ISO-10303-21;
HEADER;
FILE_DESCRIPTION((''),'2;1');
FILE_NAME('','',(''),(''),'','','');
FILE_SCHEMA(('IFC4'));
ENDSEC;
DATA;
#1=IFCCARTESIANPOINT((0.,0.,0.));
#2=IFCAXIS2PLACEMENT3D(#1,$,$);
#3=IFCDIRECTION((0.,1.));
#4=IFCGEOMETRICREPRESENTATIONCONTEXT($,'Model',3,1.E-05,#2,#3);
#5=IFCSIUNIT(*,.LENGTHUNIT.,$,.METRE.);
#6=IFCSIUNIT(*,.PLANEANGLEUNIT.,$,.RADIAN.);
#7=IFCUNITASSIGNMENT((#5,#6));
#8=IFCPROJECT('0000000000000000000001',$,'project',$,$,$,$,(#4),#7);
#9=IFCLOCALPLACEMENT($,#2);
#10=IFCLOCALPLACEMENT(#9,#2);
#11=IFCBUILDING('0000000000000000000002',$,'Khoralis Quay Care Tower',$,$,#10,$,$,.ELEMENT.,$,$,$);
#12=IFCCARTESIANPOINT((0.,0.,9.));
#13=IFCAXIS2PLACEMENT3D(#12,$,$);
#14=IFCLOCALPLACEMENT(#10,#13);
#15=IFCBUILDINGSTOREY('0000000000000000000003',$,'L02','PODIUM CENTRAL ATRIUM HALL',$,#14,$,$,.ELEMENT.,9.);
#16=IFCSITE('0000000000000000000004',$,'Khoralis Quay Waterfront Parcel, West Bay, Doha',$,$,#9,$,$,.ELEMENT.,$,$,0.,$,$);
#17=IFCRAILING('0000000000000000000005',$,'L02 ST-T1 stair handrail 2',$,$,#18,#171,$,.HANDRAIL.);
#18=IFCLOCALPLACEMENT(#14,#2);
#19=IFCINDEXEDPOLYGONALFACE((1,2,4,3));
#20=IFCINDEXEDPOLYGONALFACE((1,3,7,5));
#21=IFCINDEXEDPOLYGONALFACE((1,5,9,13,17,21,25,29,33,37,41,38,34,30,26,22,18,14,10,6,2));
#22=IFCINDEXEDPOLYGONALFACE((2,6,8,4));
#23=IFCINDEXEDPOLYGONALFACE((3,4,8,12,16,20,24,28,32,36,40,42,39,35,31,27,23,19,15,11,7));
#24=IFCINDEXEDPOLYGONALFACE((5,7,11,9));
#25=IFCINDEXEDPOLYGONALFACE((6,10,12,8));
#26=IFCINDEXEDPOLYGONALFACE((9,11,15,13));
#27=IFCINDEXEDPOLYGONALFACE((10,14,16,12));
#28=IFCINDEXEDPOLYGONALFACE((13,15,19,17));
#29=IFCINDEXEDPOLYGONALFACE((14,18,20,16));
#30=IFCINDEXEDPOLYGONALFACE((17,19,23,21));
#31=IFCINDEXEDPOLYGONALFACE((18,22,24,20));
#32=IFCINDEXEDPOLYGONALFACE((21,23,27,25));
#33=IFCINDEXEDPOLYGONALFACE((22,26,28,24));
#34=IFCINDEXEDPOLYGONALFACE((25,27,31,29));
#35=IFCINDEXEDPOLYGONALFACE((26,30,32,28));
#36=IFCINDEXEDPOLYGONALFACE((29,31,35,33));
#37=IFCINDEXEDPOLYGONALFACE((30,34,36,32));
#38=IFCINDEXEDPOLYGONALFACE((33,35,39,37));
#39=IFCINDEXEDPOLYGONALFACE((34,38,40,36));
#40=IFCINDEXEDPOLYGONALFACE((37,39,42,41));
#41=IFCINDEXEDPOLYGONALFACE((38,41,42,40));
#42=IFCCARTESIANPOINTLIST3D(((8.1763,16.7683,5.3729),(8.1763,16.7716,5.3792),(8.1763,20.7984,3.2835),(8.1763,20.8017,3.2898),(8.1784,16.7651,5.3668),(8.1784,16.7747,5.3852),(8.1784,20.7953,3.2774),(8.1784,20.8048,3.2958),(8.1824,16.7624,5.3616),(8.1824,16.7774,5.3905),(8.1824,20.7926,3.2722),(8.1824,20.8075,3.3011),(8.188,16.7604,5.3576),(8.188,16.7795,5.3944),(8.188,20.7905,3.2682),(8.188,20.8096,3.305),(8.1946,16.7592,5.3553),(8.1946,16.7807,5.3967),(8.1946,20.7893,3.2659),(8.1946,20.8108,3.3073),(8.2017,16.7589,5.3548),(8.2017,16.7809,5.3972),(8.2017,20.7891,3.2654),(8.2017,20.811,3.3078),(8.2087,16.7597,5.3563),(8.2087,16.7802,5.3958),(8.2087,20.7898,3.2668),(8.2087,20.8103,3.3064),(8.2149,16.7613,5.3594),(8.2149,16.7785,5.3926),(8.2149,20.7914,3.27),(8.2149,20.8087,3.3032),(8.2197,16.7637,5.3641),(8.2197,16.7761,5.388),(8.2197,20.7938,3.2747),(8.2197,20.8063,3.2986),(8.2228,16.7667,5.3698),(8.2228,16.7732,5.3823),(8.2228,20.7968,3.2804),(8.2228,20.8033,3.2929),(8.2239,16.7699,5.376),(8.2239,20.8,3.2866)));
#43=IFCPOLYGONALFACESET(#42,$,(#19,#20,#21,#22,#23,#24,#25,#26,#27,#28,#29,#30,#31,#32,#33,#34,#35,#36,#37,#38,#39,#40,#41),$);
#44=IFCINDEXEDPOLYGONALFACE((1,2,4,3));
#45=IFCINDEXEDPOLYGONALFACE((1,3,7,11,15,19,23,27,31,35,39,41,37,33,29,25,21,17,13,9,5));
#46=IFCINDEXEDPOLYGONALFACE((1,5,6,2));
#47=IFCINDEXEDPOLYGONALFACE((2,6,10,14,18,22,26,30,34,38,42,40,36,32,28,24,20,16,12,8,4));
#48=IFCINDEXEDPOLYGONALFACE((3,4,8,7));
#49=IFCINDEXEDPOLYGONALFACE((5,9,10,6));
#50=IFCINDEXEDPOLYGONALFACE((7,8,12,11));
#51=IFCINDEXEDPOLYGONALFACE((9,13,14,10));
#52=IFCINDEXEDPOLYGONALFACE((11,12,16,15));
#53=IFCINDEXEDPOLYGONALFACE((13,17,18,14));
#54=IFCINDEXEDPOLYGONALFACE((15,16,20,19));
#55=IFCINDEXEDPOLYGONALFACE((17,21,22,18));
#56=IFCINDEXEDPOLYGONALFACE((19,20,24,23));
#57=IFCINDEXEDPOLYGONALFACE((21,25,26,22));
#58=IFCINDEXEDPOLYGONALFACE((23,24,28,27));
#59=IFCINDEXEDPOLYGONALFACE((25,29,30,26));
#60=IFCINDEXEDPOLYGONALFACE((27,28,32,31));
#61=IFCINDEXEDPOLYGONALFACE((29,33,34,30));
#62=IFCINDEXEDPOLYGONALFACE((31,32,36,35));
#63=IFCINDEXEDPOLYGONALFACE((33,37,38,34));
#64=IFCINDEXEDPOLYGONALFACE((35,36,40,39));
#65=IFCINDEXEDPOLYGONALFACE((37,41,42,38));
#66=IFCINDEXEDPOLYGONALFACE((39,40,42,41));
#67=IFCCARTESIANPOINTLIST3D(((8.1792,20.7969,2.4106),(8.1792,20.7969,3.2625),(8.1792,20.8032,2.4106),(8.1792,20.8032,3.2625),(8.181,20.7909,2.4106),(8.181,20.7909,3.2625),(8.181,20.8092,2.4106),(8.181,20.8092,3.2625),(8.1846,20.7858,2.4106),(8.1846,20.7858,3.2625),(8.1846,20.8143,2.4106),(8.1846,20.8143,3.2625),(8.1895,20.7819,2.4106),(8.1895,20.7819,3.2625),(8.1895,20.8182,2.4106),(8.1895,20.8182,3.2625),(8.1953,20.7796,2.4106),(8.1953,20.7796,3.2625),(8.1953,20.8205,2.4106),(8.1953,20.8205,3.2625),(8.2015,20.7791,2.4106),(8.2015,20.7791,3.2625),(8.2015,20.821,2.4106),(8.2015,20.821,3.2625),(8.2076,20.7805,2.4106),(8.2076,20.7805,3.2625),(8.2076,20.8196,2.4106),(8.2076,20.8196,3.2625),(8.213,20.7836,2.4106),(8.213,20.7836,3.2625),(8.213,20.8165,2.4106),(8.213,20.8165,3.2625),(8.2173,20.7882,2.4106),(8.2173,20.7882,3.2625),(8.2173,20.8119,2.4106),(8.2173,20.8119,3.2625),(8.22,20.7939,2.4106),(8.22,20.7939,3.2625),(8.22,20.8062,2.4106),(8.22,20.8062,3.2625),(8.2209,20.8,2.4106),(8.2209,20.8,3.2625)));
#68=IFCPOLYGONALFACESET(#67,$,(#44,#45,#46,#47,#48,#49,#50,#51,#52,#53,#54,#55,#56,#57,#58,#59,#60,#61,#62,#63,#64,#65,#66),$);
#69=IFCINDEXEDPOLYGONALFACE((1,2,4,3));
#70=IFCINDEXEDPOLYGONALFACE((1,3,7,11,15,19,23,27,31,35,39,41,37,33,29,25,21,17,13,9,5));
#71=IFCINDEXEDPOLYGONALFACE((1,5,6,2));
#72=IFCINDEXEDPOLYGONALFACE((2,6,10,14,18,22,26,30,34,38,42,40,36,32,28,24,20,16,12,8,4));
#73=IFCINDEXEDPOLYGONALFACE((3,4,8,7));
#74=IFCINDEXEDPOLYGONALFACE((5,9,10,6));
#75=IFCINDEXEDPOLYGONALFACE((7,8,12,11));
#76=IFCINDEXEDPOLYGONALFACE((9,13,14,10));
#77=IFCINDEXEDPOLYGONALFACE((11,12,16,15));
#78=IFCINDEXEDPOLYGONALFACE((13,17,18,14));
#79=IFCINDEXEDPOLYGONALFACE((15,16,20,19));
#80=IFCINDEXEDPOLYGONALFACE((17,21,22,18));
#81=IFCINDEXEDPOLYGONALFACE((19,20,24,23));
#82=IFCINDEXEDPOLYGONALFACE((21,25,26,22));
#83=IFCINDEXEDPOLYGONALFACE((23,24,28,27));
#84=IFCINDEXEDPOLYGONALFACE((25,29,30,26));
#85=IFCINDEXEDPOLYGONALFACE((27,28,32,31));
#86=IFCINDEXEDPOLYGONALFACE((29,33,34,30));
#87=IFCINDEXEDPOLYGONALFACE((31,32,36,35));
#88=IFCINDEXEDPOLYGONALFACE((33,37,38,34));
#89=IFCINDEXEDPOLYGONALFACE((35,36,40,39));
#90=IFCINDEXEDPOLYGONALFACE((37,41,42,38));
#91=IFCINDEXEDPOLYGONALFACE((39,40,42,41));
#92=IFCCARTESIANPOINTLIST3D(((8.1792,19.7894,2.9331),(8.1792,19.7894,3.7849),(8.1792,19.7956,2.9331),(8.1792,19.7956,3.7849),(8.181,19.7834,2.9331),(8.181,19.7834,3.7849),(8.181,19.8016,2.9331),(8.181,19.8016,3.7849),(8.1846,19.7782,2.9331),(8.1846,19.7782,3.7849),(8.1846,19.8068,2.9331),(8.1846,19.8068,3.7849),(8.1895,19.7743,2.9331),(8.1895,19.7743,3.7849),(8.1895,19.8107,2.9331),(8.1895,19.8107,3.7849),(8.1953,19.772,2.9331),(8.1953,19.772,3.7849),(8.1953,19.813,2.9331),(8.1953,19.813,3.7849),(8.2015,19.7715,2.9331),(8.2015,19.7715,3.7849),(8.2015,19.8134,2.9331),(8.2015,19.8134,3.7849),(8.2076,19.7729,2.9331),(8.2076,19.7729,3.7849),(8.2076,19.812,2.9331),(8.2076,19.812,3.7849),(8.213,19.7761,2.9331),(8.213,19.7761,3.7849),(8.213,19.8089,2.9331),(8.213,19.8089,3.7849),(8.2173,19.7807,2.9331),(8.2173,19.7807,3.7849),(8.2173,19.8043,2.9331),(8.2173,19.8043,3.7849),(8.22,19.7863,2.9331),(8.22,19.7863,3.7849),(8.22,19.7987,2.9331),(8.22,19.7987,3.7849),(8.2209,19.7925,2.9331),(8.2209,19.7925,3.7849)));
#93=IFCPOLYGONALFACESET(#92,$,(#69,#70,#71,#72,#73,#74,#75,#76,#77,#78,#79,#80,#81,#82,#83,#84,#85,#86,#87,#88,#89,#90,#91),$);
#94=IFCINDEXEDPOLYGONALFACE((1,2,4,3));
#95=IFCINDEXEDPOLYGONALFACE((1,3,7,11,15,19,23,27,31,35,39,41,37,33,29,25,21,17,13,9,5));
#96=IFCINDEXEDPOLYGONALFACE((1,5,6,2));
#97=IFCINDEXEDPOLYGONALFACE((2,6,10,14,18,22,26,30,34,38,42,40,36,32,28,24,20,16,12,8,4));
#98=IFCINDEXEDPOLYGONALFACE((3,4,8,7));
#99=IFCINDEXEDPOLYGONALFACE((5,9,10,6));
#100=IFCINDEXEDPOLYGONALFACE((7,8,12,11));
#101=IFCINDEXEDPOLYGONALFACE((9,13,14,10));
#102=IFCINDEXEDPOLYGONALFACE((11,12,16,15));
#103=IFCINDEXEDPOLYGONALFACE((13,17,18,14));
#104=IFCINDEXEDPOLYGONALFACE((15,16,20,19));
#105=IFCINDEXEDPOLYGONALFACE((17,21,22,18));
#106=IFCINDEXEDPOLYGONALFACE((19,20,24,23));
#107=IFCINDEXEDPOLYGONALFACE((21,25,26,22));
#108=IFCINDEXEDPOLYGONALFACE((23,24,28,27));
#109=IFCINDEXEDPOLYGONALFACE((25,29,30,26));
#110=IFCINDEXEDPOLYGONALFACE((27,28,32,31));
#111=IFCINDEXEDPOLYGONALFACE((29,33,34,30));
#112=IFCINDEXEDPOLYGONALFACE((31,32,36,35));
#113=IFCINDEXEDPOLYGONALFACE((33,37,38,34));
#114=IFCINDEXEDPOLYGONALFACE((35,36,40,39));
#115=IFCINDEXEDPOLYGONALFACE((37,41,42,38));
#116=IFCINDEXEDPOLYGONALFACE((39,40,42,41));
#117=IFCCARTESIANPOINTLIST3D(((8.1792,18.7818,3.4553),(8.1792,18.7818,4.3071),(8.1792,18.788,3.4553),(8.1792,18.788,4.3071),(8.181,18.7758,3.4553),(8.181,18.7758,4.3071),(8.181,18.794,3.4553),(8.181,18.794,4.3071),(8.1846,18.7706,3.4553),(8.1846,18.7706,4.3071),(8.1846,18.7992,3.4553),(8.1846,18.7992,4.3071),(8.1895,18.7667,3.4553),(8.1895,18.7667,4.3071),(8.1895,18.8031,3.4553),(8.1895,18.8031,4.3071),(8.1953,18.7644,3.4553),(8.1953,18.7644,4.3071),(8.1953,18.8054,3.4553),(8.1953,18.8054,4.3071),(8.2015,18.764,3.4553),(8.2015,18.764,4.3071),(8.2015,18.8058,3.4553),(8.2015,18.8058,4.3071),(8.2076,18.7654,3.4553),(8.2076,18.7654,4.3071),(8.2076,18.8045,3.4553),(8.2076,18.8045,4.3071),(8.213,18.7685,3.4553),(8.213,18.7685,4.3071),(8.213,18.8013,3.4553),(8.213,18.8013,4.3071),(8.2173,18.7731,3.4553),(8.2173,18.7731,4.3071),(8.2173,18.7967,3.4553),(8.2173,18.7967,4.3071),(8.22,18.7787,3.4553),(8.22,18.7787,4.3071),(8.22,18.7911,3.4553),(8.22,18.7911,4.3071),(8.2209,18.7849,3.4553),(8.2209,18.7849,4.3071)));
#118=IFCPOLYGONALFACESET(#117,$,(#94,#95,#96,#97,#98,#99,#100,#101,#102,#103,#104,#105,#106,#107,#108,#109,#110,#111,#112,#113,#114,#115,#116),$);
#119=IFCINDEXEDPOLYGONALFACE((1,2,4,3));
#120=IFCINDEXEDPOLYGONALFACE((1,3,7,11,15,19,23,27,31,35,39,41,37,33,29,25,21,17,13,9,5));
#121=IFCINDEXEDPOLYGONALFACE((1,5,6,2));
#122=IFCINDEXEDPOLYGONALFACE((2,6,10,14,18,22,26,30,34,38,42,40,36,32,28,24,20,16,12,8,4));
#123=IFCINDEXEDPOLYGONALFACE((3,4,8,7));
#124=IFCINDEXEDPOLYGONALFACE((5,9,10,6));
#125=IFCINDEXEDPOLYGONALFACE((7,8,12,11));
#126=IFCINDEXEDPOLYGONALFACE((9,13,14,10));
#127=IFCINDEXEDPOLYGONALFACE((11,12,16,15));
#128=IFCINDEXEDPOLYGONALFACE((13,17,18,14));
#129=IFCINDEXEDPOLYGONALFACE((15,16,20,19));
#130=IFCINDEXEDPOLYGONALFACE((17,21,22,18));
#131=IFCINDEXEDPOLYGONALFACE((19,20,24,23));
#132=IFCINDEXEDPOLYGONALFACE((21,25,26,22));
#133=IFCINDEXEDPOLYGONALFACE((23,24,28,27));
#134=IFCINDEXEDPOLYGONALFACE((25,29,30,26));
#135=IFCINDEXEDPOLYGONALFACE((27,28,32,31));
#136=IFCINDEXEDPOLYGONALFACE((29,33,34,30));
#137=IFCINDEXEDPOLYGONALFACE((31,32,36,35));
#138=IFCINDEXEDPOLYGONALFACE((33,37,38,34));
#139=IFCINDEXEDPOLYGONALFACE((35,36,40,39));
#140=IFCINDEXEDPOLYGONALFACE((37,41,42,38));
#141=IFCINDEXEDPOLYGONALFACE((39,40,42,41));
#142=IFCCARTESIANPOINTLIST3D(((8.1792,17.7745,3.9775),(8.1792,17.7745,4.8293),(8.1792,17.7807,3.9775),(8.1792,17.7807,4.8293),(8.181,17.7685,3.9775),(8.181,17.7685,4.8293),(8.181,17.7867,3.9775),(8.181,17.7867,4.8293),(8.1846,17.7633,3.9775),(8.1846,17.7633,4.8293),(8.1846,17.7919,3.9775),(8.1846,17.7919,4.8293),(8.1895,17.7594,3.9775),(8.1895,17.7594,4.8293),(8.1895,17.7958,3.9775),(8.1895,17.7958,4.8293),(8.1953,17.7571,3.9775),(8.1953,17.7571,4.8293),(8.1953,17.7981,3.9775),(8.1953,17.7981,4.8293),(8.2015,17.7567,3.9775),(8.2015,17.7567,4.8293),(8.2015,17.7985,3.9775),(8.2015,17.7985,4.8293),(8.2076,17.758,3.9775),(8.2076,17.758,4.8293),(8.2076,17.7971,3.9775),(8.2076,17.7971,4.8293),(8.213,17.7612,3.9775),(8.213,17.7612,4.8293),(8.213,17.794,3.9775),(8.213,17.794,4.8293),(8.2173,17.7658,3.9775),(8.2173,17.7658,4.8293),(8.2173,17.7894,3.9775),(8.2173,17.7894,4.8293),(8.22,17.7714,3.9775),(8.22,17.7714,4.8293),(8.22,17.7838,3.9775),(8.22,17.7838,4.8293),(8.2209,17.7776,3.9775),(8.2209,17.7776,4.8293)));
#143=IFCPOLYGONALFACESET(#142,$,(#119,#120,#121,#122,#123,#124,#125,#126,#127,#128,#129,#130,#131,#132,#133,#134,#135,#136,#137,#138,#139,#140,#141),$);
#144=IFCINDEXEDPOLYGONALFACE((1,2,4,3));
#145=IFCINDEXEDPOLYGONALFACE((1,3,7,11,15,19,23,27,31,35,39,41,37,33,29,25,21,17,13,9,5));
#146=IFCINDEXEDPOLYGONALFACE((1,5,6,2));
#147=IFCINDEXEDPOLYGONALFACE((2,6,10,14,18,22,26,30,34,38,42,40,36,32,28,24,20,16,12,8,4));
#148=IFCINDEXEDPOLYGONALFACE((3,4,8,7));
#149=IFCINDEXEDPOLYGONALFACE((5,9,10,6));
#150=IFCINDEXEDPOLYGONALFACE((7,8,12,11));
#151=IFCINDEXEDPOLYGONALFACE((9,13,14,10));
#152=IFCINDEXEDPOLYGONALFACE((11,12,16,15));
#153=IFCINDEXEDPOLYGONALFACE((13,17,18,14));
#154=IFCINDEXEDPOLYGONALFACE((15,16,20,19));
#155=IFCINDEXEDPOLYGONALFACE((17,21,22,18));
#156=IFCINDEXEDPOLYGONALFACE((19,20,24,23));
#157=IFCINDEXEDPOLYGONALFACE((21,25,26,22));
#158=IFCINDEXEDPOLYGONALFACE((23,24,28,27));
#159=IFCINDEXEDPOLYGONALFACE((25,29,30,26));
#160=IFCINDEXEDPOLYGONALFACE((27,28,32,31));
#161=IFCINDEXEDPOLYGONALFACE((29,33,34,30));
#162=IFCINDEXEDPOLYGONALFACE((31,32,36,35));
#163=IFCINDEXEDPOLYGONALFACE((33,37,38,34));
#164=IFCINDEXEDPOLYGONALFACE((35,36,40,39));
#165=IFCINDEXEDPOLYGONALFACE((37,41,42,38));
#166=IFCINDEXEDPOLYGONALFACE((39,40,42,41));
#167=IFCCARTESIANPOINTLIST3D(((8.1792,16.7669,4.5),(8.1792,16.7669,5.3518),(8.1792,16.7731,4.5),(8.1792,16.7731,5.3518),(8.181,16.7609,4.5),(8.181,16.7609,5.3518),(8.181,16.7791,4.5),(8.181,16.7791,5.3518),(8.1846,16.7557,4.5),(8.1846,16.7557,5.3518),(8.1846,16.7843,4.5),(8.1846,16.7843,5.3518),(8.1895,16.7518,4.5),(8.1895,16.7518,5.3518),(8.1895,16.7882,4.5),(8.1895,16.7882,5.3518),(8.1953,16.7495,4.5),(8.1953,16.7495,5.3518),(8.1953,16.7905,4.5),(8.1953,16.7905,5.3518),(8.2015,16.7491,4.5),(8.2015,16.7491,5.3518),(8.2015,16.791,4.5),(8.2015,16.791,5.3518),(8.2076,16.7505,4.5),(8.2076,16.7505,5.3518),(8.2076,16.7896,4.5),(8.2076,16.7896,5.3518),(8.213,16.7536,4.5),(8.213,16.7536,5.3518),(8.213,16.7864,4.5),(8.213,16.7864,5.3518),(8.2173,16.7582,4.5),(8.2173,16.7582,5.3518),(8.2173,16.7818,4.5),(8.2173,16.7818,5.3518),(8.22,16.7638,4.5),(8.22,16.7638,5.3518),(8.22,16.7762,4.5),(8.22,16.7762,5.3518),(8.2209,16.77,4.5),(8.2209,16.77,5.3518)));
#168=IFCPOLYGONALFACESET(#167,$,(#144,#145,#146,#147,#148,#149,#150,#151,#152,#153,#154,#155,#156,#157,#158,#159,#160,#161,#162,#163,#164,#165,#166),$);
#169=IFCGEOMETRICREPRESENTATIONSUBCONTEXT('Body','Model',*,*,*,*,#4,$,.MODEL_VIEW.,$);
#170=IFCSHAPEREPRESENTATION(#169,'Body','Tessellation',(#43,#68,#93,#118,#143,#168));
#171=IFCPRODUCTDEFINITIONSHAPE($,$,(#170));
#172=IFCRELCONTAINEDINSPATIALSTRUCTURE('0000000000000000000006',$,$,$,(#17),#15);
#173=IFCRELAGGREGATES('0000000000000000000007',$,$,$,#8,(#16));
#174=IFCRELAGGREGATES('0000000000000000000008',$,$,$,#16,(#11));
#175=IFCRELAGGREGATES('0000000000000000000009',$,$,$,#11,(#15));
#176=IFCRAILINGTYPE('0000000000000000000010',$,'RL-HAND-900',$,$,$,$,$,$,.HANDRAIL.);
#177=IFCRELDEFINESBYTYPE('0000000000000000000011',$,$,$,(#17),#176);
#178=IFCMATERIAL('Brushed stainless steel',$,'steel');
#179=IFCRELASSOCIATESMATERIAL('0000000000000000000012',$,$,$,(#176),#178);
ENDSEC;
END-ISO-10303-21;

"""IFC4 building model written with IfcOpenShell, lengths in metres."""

from ifc_helpers import new_model, si_unit, direction, frame, origin, origin_2d, place, context, subcontext, project, spatial, circle, extrude, material, type_object, element, save


model = new_model("IFC4")

# Units and contexts
model_context = context("Model", 3, precision=1e-05, world=origin(), true_north=direction((0.0, 1.0)))
body_context = subcontext(model_context, "Body", "Model", "MODEL_VIEW")
ifc_project = project(units=[si_unit("LENGTHUNIT", "METRE"), si_unit("PLANEANGLEUNIT", "RADIAN")], contexts=[model_context])

# Site, building, storey
site_placement = place(None, origin())
site = spatial("IfcSite", under=ifc_project, at=site_placement, Name="Khoralis Quay Waterfront Parcel, West Bay, Doha", CompositionType="ELEMENT", RefElevation=0.0)
building_placement = place(site_placement, origin())
building = spatial("IfcBuilding", under=site, at=building_placement, Name="Khoralis Quay Care Tower", CompositionType="ELEMENT")
storey_placement = place(building_placement, frame((0.0, 0.0, 9.0)))
storey = spatial("IfcBuildingStorey", under=building, at=storey_placement, Name="L02", Description="PODIUM CENTRAL ATRIUM HALL", CompositionType="ELEMENT", Elevation=9.0)

# Shared definitions
ifc_material_1 = material(Name="Brushed stainless steel", Category="steel")

# Railing
railing_type_1 = type_object("IfcRailingType", Name="RL-HAND-900", PredefinedType="HANDRAIL", material=ifc_material_1)
railing_1_placement = place(storey_placement, frame((8.2, 20.8, 2.4106)))
element("IfcRailing", 1, at=railing_1_placement, inside=storey, type_object=railing_type_1, Name="L02 ST-T1 stair handrail 2", PredefinedType="HANDRAIL", context=body_context, shape_type="SweptSolid", body=[
    extrude(circle(Radius=0.0239, at=origin_2d()), frame((0.0, 0.0, 0.876), z_axis=(0.0, -0.887781, 0.460267), x_axis=(1.0, 0.0, 0.0)), (0.0, 0.0, 1.0), 4.5396),
    extrude(circle(Radius=0.021, at=origin_2d()), origin(), (0.0, 0.0, 1.0), 0.8518),
    extrude(circle(Radius=0.021, at=origin_2d()), frame((0.0, -1.0076, 0.5225)), (0.0, 0.0, 1.0), 0.8518),
    extrude(circle(Radius=0.021, at=origin_2d()), frame((0.0, -2.0151, 1.0447)), (0.0, 0.0, 1.0), 0.8518),
    extrude(circle(Radius=0.021, at=origin_2d()), frame((0.0, -3.0225, 1.5669)), (0.0, 0.0, 1.0), 0.8518),
    extrude(circle(Radius=0.021, at=origin_2d()), frame((0.0, -4.03, 2.0894)), (0.0, 0.0, 1.0), 0.8518),
])

save(model, "model.ifc")
